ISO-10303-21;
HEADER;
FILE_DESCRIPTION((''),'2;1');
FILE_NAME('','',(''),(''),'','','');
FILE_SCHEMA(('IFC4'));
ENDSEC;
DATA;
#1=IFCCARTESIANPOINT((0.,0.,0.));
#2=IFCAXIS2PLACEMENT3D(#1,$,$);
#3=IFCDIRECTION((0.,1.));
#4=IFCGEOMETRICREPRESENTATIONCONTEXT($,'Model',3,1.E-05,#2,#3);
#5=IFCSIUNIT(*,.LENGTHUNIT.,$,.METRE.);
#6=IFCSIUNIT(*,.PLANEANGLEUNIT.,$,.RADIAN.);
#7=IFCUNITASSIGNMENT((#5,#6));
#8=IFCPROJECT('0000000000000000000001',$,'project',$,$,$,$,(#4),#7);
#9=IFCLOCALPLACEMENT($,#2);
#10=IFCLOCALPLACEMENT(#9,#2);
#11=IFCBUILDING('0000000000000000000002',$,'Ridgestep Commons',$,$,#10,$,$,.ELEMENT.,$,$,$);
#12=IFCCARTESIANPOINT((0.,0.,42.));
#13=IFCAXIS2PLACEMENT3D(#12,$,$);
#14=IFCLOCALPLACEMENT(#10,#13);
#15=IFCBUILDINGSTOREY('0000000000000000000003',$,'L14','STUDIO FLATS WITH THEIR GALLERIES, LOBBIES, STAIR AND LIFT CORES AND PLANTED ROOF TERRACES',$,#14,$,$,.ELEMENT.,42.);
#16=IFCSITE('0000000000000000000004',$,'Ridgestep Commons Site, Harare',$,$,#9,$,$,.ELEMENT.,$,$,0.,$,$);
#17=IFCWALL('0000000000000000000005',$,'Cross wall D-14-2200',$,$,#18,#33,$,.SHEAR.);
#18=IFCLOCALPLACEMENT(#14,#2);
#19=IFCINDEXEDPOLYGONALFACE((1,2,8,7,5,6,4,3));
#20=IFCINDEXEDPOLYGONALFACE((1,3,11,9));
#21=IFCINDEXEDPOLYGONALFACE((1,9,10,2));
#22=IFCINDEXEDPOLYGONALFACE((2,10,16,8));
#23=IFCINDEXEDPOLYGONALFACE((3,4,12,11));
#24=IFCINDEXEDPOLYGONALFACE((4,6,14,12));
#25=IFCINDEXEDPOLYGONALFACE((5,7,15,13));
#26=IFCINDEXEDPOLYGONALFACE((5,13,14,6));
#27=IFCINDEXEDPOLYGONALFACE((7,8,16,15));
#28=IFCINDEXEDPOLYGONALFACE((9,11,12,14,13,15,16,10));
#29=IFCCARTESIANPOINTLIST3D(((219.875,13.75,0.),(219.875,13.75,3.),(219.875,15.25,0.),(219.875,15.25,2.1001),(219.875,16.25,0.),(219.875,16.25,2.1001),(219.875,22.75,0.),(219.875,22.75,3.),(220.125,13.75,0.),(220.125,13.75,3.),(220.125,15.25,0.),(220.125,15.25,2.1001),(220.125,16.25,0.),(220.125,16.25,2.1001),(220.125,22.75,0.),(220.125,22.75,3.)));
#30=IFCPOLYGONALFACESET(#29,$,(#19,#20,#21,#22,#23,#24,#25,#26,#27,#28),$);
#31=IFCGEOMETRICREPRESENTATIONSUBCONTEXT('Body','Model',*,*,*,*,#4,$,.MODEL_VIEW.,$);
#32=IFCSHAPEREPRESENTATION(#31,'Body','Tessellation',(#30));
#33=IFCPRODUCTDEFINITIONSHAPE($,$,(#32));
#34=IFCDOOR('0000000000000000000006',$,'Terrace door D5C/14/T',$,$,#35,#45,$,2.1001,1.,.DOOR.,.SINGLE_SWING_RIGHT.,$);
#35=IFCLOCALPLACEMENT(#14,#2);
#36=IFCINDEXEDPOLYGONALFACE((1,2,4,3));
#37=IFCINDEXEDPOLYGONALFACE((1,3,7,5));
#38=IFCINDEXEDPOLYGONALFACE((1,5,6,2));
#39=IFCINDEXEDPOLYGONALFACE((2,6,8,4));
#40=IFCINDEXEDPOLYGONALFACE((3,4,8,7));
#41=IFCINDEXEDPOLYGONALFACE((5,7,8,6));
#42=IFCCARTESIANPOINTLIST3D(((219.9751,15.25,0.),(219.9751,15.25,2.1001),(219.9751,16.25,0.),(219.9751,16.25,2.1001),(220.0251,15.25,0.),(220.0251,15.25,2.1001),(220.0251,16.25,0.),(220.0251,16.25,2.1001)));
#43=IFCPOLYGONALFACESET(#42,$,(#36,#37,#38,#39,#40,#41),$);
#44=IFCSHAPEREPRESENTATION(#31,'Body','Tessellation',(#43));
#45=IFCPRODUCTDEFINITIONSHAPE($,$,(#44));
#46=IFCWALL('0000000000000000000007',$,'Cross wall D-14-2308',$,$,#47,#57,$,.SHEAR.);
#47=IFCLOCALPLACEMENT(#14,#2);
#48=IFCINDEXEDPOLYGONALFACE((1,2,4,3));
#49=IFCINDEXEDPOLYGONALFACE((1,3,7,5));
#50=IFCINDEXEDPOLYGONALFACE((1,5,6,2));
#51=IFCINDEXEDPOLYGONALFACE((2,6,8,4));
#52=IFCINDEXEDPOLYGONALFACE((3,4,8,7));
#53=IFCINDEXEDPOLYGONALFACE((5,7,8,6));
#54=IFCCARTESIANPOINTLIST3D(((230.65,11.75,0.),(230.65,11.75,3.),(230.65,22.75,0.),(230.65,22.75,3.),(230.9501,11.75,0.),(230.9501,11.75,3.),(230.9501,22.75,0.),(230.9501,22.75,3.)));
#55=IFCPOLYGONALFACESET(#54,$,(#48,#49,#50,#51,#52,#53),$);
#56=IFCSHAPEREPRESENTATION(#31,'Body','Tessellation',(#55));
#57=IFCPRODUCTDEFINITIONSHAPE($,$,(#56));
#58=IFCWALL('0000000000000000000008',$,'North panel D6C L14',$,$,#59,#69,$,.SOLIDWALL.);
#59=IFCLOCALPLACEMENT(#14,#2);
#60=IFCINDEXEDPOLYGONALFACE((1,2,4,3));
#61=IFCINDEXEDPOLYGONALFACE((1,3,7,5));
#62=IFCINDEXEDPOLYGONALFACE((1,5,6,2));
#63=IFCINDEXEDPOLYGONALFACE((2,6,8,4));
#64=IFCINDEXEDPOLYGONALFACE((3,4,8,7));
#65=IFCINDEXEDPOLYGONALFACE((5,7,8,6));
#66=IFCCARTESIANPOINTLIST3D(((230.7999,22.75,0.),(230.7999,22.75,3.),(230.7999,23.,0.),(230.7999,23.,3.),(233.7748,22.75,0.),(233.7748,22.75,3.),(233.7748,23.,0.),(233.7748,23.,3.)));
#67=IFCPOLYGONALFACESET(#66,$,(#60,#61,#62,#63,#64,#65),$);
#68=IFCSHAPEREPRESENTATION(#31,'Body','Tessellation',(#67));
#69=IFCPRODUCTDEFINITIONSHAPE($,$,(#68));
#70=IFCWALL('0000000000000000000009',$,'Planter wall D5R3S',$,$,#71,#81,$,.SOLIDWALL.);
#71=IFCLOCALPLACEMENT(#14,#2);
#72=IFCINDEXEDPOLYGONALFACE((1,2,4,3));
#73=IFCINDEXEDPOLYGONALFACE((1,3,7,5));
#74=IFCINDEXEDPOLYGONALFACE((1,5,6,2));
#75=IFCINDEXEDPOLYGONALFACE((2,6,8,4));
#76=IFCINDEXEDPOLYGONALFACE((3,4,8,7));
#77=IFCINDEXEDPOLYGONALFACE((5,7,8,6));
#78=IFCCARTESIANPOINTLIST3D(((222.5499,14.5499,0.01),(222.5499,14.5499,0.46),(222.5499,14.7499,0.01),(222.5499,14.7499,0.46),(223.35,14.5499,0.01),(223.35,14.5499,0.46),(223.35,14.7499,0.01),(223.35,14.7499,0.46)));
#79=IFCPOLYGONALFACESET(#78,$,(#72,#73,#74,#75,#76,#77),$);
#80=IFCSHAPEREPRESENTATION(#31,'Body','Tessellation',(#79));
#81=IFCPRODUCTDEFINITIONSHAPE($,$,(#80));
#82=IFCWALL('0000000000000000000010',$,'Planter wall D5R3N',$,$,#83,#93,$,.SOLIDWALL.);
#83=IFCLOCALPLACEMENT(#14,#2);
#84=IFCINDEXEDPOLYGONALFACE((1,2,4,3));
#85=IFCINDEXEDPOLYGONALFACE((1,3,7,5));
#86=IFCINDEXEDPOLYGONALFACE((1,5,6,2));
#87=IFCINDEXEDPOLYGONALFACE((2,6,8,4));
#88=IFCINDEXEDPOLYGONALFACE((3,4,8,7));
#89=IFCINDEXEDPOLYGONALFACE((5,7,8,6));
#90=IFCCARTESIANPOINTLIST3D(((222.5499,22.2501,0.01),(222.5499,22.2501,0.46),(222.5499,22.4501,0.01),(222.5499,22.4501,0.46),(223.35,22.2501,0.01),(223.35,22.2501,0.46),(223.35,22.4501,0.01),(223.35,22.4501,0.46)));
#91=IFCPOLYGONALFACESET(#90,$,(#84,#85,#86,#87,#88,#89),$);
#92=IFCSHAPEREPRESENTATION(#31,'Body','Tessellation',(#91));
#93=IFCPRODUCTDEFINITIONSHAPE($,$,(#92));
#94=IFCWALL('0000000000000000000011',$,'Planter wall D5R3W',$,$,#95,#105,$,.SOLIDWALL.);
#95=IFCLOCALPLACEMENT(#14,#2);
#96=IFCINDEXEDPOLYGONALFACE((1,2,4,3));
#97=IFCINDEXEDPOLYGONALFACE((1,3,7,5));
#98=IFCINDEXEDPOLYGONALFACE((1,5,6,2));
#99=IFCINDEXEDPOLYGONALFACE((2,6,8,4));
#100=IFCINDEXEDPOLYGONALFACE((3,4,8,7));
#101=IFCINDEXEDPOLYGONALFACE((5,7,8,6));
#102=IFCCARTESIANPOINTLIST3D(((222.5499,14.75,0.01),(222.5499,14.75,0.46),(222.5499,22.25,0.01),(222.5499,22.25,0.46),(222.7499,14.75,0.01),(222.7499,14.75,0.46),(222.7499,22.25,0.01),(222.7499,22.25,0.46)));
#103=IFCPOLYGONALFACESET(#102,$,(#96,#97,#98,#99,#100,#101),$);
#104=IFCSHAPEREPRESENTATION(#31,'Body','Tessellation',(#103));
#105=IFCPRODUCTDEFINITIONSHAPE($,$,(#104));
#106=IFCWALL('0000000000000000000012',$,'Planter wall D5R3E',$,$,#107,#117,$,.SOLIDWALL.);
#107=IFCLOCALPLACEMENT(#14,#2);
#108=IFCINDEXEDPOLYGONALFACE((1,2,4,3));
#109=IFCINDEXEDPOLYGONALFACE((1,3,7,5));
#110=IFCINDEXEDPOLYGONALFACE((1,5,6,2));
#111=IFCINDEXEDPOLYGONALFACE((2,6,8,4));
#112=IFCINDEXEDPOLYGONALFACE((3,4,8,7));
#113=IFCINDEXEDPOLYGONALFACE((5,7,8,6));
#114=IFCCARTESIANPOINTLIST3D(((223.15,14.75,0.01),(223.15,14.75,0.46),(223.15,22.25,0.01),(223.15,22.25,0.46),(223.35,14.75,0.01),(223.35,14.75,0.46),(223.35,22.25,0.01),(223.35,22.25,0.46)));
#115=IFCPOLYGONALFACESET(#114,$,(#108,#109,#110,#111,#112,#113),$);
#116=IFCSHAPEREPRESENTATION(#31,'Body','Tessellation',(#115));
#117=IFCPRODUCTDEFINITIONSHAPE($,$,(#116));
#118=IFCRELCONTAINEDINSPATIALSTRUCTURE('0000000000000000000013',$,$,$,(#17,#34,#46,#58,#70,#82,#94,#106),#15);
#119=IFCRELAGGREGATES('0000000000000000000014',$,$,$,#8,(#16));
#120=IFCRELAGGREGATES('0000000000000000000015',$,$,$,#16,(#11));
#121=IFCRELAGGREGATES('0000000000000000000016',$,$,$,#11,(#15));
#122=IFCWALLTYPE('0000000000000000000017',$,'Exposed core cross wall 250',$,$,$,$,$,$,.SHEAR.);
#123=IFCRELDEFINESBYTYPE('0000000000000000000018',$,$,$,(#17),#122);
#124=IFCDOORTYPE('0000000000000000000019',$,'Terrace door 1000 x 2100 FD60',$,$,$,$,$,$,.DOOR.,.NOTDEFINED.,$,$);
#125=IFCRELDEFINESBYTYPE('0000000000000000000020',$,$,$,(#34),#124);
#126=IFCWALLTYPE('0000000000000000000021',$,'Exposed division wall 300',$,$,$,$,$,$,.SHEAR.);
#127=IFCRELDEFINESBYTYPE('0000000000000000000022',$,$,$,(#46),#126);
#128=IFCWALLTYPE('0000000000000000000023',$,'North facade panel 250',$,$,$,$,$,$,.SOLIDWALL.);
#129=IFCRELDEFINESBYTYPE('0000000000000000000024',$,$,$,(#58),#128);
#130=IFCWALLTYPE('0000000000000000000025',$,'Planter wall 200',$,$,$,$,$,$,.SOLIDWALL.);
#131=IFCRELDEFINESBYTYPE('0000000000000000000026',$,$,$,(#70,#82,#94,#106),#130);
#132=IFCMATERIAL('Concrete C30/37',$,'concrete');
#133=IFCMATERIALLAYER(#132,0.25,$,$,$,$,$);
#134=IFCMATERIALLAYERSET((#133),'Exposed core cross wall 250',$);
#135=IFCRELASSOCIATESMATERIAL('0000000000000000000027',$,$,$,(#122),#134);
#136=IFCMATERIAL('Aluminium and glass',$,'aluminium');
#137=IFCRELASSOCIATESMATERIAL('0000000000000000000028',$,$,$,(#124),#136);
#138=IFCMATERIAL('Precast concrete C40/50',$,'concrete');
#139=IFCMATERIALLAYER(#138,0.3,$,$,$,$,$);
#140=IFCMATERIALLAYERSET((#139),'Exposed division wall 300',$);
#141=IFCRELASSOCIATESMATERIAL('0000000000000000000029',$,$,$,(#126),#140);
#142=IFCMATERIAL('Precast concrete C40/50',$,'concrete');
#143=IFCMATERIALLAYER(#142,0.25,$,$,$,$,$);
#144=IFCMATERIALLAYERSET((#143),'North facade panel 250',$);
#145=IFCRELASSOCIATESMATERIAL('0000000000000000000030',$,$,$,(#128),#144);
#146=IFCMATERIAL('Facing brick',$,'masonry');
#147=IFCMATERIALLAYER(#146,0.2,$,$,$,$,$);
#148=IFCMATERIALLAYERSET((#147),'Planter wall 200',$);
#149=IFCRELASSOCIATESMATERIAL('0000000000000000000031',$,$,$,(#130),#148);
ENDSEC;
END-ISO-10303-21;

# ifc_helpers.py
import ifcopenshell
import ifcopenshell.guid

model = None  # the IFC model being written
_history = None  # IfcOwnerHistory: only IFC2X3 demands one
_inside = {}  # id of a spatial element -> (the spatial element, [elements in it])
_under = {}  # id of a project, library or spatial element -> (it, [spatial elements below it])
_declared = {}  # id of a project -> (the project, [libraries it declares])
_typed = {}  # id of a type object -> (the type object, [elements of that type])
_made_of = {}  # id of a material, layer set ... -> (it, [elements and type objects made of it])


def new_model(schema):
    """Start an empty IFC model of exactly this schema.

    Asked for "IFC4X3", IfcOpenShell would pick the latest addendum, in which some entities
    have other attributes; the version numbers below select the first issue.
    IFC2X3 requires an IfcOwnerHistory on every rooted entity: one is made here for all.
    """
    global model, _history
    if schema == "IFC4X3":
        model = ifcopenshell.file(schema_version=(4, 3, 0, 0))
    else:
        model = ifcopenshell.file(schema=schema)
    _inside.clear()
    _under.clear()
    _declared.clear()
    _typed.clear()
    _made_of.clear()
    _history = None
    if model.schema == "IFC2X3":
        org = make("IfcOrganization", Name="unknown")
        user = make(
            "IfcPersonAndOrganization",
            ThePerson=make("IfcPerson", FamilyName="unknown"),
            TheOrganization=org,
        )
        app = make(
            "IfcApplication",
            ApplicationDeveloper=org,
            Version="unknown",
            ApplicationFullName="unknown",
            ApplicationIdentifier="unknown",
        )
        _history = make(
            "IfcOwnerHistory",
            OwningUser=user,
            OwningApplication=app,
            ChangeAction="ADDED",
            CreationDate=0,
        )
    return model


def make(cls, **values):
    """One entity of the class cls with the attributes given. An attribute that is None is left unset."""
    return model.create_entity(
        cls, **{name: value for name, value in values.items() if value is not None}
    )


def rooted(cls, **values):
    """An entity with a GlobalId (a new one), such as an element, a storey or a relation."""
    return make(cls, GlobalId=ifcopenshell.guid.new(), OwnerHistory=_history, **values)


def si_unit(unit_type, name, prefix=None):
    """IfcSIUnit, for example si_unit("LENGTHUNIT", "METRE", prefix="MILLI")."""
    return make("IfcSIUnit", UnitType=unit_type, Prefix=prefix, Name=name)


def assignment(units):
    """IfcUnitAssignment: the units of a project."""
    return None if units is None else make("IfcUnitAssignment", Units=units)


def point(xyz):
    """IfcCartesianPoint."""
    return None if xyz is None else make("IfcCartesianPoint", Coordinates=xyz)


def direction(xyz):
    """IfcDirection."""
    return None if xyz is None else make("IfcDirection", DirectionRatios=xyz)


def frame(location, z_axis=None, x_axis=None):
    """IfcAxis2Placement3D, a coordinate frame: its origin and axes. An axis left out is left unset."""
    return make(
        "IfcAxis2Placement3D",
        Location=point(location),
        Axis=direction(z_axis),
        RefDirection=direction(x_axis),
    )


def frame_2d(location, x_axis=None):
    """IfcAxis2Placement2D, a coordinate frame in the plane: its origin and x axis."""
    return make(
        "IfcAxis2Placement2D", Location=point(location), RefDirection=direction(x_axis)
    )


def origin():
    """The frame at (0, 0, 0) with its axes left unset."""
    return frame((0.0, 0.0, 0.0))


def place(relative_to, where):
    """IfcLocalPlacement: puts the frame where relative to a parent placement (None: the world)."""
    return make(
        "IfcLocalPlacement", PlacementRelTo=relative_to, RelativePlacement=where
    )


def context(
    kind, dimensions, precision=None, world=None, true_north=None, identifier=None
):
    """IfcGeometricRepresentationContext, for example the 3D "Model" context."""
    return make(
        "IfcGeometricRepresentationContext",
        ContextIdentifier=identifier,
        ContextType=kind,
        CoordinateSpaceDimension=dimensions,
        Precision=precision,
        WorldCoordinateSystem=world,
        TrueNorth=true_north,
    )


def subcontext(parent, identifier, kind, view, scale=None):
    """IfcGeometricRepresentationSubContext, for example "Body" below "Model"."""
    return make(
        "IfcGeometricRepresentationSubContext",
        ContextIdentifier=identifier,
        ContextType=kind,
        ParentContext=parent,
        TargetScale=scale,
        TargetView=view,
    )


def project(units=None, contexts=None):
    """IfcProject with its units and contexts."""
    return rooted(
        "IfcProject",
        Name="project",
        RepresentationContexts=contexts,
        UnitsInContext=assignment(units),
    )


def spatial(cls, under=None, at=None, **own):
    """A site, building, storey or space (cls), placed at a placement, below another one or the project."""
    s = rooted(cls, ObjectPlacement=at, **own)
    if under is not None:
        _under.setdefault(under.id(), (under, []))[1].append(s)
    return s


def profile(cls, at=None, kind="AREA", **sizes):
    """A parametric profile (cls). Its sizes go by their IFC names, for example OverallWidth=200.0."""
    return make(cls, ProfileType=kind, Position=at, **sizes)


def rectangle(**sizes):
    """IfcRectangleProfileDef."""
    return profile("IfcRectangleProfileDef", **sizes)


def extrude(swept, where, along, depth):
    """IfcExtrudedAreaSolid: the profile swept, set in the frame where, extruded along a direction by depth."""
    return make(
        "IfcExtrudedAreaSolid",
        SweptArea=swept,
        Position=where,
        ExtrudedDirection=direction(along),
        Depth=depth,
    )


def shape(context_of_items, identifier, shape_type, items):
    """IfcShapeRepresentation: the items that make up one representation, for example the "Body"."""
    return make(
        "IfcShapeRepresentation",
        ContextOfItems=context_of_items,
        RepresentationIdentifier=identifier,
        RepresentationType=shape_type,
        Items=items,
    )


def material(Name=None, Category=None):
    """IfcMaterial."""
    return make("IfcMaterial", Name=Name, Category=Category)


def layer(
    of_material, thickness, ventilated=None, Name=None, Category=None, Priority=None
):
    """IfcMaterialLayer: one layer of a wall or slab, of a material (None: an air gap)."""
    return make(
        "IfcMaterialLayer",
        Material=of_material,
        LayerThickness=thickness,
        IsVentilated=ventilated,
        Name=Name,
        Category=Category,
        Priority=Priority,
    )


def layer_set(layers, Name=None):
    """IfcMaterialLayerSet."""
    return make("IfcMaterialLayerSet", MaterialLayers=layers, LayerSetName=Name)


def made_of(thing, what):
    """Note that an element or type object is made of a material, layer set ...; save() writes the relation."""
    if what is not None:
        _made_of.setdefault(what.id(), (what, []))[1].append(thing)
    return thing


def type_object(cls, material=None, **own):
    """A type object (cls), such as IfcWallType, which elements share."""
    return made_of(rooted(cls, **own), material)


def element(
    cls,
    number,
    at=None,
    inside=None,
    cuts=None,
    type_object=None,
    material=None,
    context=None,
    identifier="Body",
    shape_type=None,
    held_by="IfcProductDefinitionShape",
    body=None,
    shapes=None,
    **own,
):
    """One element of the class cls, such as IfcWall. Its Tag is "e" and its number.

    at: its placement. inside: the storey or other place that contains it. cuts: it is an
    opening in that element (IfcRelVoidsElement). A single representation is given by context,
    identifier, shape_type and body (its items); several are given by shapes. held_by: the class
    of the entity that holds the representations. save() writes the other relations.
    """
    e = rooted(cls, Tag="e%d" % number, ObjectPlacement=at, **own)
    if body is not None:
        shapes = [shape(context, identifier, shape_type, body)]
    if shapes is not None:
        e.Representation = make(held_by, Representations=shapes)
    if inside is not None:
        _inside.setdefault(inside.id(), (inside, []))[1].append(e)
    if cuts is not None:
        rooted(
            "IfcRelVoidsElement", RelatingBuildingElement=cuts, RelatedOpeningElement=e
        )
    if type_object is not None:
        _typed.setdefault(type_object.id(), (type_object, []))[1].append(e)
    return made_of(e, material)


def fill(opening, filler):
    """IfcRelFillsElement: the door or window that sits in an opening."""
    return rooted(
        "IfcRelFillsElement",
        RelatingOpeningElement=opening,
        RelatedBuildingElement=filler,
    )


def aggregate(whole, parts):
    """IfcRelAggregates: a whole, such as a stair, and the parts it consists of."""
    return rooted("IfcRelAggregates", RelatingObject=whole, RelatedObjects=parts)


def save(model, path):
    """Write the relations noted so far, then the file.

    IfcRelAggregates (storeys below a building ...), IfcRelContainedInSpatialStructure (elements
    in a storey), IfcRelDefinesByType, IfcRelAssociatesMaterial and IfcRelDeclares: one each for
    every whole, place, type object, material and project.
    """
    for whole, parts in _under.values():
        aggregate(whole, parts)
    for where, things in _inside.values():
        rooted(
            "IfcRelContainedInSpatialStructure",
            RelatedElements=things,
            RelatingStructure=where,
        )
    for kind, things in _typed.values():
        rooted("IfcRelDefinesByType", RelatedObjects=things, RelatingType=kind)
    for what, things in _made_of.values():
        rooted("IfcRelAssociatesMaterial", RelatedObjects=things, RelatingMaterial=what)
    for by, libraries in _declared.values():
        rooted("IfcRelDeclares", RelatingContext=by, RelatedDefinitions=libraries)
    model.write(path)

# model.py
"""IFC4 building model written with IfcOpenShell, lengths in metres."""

from ifc_helpers import new_model, si_unit, direction, frame, frame_2d, origin, place, context, subcontext, project, spatial, rectangle, extrude, material, layer, layer_set, type_object, element, fill, save


model = new_model("IFC4")

# Units and contexts
model_context = context("Model", 3, precision=1e-05, world=origin(), true_north=direction((0.0, 1.0)))
body_context = subcontext(model_context, "Body", "Model", "MODEL_VIEW")
ifc_project = project(units=[si_unit("LENGTHUNIT", "METRE"), si_unit("PLANEANGLEUNIT", "RADIAN")], contexts=[model_context])

# Site, building, storey
site_placement = place(None, origin())
site = spatial("IfcSite", under=ifc_project, at=site_placement, Name="Ridgestep Commons Site, Harare", CompositionType="ELEMENT", RefElevation=0.0)
building_placement = place(site_placement, origin())
building = spatial("IfcBuilding", under=site, at=building_placement, Name="Ridgestep Commons", CompositionType="ELEMENT")
storey_placement = place(building_placement, frame((0.0, 0.0, 42.0)))
storey = spatial("IfcBuildingStorey", under=building, at=storey_placement, Name="L14", Description="STUDIO FLATS WITH THEIR GALLERIES, LOBBIES, STAIR AND LIFT CORES AND PLANTED ROOF TERRACES", CompositionType="ELEMENT", Elevation=42.0)

# Wall, opening, door
ifc_material_1 = material(Name="Concrete C30/37", Category="concrete")
ifc_layer_1 = layer(ifc_material_1, 0.25)
ifc_layer_set_1 = layer_set([ifc_layer_1], Name="Exposed core cross wall 250")
wall_type_1 = type_object("IfcWallType", Name="Exposed core cross wall 250", PredefinedType="SHEAR", material=ifc_layer_set_1)
wall_1_placement = place(storey_placement, frame((220.0, 13.75, 0.0), z_axis=(0.0, 0.0, 1.0), x_axis=(0.0, 1.0, 0.0)))
wall_1 = element("IfcWall", 1, at=wall_1_placement, inside=storey, type_object=wall_type_1, Name="Cross wall D-14-2200", PredefinedType="SHEAR", context=body_context, shape_type="SweptSolid", body=[
    extrude(rectangle(XDim=9.0, YDim=0.25, at=frame_2d((4.5, 0.0))), origin(), (0.0, 0.0, 1.0), 3.0),
])
opening_1_placement = place(wall_1_placement, frame((1.5, 0.0, 0.0)))
opening_1 = element("IfcOpeningElement", 2, at=opening_1_placement, cuts=wall_1, PredefinedType="OPENING", context=body_context, shape_type="SweptSolid", body=[
    extrude(rectangle(XDim=1.0, YDim=2.1001, at=frame_2d((0.5, 1.05))), frame((0.0, 0.135, 0.0), z_axis=(0.0, -1.0, 0.0), x_axis=(1.0, 0.0, 0.0)), (0.0, 0.0, 1.0), 0.27),
])
ifc_material_2 = material(Name="Aluminium and glass", Category="aluminium")
door_type_1 = type_object("IfcDoorType", Name="Terrace door 1000 x 2100 FD60", OperationType="NOTDEFINED", PredefinedType="DOOR", material=ifc_material_2)
door_1_placement = place(opening_1_placement, origin())
door_1 = element("IfcDoor", 3, at=door_1_placement, inside=storey, type_object=door_type_1, Name="Terrace door D5C/14/T", OperationType="SINGLE_SWING_RIGHT", OverallHeight=2.1001, OverallWidth=1.0, PredefinedType="DOOR", context=body_context, shape_type="SweptSolid", body=[
    extrude(rectangle(XDim=1.0, YDim=2.1001, at=frame_2d((0.5, 1.05))), frame((0.0, 0.0249, 0.0), z_axis=(0.0, -1.0, 0.0), x_axis=(1.0, 0.0, 0.0)), (0.0, 0.0, 1.0), 0.05),
])
fill(opening_1, door_1)

# Walls
ifc_material_3 = material(Name="Precast concrete C40/50", Category="concrete")
ifc_layer_2 = layer(ifc_material_3, 0.3)
ifc_layer_set_2 = layer_set([ifc_layer_2], Name="Exposed division wall 300")
wall_type_2 = type_object("IfcWallType", Name="Exposed division wall 300", PredefinedType="SHEAR", material=ifc_layer_set_2)
wall_2_placement = place(storey_placement, frame((230.8, 11.75, 0.0), z_axis=(0.0, 0.0, 1.0), x_axis=(0.0, 1.0, 0.0)))
element("IfcWall", 4, at=wall_2_placement, inside=storey, type_object=wall_type_2, Name="Cross wall D-14-2308", PredefinedType="SHEAR", context=body_context, shape_type="SweptSolid", body=[
    extrude(rectangle(XDim=11.0, YDim=0.3, at=frame_2d((5.5, 0.0))), origin(), (0.0, 0.0, 1.0), 3.0),
])
ifc_material_4 = material(Name="Precast concrete C40/50", Category="concrete")
ifc_layer_3 = layer(ifc_material_4, 0.25)
ifc_layer_set_3 = layer_set([ifc_layer_3], Name="North facade panel 250")
wall_type_3 = type_object("IfcWallType", Name="North facade panel 250", PredefinedType="SOLIDWALL", material=ifc_layer_set_3)
wall_3_placement = place(storey_placement, frame((230.8, 22.875, 0.0), z_axis=(0.0, 0.0, 1.0), x_axis=(1.0, 0.0, 0.0)))
element("IfcWall", 5, at=wall_3_placement, inside=storey, type_object=wall_type_3, Name="North panel D6C L14", PredefinedType="SOLIDWALL", context=body_context, shape_type="SweptSolid", body=[
    extrude(rectangle(XDim=2.9749, YDim=0.25, at=frame_2d((1.4873, 0.0))), origin(), (0.0, 0.0, 1.0), 3.0),
])
ifc_material_5 = material(Name="Facing brick", Category="masonry")
ifc_layer_4 = layer(ifc_material_5, 0.2)
ifc_layer_set_4 = layer_set([ifc_layer_4], Name="Planter wall 200")
wall_type_4 = type_object("IfcWallType", Name="Planter wall 200", PredefinedType="SOLIDWALL", material=ifc_layer_set_4)
for number, where, z_axis, x_axis, name in (
    (6, (222.55, 14.6499, 0.01), (0.0, 0.0, 1.0), (1.0, 0.0, 0.0), "Planter wall D5R3S"),
    (7, (222.55, 22.3501, 0.01), (0.0, 0.0, 1.0), (1.0, 0.0, 0.0), "Planter wall D5R3N"),
):
    element("IfcWall", number, at=place(storey_placement, frame(where, z_axis=z_axis, x_axis=x_axis)), inside=storey, type_object=wall_type_4, Name=name, PredefinedType="SOLIDWALL", context=body_context, shape_type="SweptSolid", body=[
        extrude(rectangle(XDim=0.8, YDim=0.2, at=frame_2d((0.3999, 0.0))), origin(), (0.0, 0.0, 1.0), 0.45),
    ])
for number, where, z_axis, x_axis, name in (
    (8, (222.6499, 14.75, 0.01), (0.0, 0.0, 1.0), (0.0, 1.0, 0.0), "Planter wall D5R3W"),
    (9, (223.25, 14.75, 0.01), (0.0, 0.0, 1.0), (0.0, 1.0, 0.0), "Planter wall D5R3E"),
):
    element("IfcWall", number, at=place(storey_placement, frame(where, z_axis=z_axis, x_axis=x_axis)), inside=storey, type_object=wall_type_4, Name=name, PredefinedType="SOLIDWALL", context=body_context, shape_type="SweptSolid", body=[
        extrude(rectangle(XDim=7.5, YDim=0.2, at=frame_2d((3.75, 0.0))), origin(), (0.0, 0.0, 1.0), 0.45),
    ])

save(model, "model.ifc")
